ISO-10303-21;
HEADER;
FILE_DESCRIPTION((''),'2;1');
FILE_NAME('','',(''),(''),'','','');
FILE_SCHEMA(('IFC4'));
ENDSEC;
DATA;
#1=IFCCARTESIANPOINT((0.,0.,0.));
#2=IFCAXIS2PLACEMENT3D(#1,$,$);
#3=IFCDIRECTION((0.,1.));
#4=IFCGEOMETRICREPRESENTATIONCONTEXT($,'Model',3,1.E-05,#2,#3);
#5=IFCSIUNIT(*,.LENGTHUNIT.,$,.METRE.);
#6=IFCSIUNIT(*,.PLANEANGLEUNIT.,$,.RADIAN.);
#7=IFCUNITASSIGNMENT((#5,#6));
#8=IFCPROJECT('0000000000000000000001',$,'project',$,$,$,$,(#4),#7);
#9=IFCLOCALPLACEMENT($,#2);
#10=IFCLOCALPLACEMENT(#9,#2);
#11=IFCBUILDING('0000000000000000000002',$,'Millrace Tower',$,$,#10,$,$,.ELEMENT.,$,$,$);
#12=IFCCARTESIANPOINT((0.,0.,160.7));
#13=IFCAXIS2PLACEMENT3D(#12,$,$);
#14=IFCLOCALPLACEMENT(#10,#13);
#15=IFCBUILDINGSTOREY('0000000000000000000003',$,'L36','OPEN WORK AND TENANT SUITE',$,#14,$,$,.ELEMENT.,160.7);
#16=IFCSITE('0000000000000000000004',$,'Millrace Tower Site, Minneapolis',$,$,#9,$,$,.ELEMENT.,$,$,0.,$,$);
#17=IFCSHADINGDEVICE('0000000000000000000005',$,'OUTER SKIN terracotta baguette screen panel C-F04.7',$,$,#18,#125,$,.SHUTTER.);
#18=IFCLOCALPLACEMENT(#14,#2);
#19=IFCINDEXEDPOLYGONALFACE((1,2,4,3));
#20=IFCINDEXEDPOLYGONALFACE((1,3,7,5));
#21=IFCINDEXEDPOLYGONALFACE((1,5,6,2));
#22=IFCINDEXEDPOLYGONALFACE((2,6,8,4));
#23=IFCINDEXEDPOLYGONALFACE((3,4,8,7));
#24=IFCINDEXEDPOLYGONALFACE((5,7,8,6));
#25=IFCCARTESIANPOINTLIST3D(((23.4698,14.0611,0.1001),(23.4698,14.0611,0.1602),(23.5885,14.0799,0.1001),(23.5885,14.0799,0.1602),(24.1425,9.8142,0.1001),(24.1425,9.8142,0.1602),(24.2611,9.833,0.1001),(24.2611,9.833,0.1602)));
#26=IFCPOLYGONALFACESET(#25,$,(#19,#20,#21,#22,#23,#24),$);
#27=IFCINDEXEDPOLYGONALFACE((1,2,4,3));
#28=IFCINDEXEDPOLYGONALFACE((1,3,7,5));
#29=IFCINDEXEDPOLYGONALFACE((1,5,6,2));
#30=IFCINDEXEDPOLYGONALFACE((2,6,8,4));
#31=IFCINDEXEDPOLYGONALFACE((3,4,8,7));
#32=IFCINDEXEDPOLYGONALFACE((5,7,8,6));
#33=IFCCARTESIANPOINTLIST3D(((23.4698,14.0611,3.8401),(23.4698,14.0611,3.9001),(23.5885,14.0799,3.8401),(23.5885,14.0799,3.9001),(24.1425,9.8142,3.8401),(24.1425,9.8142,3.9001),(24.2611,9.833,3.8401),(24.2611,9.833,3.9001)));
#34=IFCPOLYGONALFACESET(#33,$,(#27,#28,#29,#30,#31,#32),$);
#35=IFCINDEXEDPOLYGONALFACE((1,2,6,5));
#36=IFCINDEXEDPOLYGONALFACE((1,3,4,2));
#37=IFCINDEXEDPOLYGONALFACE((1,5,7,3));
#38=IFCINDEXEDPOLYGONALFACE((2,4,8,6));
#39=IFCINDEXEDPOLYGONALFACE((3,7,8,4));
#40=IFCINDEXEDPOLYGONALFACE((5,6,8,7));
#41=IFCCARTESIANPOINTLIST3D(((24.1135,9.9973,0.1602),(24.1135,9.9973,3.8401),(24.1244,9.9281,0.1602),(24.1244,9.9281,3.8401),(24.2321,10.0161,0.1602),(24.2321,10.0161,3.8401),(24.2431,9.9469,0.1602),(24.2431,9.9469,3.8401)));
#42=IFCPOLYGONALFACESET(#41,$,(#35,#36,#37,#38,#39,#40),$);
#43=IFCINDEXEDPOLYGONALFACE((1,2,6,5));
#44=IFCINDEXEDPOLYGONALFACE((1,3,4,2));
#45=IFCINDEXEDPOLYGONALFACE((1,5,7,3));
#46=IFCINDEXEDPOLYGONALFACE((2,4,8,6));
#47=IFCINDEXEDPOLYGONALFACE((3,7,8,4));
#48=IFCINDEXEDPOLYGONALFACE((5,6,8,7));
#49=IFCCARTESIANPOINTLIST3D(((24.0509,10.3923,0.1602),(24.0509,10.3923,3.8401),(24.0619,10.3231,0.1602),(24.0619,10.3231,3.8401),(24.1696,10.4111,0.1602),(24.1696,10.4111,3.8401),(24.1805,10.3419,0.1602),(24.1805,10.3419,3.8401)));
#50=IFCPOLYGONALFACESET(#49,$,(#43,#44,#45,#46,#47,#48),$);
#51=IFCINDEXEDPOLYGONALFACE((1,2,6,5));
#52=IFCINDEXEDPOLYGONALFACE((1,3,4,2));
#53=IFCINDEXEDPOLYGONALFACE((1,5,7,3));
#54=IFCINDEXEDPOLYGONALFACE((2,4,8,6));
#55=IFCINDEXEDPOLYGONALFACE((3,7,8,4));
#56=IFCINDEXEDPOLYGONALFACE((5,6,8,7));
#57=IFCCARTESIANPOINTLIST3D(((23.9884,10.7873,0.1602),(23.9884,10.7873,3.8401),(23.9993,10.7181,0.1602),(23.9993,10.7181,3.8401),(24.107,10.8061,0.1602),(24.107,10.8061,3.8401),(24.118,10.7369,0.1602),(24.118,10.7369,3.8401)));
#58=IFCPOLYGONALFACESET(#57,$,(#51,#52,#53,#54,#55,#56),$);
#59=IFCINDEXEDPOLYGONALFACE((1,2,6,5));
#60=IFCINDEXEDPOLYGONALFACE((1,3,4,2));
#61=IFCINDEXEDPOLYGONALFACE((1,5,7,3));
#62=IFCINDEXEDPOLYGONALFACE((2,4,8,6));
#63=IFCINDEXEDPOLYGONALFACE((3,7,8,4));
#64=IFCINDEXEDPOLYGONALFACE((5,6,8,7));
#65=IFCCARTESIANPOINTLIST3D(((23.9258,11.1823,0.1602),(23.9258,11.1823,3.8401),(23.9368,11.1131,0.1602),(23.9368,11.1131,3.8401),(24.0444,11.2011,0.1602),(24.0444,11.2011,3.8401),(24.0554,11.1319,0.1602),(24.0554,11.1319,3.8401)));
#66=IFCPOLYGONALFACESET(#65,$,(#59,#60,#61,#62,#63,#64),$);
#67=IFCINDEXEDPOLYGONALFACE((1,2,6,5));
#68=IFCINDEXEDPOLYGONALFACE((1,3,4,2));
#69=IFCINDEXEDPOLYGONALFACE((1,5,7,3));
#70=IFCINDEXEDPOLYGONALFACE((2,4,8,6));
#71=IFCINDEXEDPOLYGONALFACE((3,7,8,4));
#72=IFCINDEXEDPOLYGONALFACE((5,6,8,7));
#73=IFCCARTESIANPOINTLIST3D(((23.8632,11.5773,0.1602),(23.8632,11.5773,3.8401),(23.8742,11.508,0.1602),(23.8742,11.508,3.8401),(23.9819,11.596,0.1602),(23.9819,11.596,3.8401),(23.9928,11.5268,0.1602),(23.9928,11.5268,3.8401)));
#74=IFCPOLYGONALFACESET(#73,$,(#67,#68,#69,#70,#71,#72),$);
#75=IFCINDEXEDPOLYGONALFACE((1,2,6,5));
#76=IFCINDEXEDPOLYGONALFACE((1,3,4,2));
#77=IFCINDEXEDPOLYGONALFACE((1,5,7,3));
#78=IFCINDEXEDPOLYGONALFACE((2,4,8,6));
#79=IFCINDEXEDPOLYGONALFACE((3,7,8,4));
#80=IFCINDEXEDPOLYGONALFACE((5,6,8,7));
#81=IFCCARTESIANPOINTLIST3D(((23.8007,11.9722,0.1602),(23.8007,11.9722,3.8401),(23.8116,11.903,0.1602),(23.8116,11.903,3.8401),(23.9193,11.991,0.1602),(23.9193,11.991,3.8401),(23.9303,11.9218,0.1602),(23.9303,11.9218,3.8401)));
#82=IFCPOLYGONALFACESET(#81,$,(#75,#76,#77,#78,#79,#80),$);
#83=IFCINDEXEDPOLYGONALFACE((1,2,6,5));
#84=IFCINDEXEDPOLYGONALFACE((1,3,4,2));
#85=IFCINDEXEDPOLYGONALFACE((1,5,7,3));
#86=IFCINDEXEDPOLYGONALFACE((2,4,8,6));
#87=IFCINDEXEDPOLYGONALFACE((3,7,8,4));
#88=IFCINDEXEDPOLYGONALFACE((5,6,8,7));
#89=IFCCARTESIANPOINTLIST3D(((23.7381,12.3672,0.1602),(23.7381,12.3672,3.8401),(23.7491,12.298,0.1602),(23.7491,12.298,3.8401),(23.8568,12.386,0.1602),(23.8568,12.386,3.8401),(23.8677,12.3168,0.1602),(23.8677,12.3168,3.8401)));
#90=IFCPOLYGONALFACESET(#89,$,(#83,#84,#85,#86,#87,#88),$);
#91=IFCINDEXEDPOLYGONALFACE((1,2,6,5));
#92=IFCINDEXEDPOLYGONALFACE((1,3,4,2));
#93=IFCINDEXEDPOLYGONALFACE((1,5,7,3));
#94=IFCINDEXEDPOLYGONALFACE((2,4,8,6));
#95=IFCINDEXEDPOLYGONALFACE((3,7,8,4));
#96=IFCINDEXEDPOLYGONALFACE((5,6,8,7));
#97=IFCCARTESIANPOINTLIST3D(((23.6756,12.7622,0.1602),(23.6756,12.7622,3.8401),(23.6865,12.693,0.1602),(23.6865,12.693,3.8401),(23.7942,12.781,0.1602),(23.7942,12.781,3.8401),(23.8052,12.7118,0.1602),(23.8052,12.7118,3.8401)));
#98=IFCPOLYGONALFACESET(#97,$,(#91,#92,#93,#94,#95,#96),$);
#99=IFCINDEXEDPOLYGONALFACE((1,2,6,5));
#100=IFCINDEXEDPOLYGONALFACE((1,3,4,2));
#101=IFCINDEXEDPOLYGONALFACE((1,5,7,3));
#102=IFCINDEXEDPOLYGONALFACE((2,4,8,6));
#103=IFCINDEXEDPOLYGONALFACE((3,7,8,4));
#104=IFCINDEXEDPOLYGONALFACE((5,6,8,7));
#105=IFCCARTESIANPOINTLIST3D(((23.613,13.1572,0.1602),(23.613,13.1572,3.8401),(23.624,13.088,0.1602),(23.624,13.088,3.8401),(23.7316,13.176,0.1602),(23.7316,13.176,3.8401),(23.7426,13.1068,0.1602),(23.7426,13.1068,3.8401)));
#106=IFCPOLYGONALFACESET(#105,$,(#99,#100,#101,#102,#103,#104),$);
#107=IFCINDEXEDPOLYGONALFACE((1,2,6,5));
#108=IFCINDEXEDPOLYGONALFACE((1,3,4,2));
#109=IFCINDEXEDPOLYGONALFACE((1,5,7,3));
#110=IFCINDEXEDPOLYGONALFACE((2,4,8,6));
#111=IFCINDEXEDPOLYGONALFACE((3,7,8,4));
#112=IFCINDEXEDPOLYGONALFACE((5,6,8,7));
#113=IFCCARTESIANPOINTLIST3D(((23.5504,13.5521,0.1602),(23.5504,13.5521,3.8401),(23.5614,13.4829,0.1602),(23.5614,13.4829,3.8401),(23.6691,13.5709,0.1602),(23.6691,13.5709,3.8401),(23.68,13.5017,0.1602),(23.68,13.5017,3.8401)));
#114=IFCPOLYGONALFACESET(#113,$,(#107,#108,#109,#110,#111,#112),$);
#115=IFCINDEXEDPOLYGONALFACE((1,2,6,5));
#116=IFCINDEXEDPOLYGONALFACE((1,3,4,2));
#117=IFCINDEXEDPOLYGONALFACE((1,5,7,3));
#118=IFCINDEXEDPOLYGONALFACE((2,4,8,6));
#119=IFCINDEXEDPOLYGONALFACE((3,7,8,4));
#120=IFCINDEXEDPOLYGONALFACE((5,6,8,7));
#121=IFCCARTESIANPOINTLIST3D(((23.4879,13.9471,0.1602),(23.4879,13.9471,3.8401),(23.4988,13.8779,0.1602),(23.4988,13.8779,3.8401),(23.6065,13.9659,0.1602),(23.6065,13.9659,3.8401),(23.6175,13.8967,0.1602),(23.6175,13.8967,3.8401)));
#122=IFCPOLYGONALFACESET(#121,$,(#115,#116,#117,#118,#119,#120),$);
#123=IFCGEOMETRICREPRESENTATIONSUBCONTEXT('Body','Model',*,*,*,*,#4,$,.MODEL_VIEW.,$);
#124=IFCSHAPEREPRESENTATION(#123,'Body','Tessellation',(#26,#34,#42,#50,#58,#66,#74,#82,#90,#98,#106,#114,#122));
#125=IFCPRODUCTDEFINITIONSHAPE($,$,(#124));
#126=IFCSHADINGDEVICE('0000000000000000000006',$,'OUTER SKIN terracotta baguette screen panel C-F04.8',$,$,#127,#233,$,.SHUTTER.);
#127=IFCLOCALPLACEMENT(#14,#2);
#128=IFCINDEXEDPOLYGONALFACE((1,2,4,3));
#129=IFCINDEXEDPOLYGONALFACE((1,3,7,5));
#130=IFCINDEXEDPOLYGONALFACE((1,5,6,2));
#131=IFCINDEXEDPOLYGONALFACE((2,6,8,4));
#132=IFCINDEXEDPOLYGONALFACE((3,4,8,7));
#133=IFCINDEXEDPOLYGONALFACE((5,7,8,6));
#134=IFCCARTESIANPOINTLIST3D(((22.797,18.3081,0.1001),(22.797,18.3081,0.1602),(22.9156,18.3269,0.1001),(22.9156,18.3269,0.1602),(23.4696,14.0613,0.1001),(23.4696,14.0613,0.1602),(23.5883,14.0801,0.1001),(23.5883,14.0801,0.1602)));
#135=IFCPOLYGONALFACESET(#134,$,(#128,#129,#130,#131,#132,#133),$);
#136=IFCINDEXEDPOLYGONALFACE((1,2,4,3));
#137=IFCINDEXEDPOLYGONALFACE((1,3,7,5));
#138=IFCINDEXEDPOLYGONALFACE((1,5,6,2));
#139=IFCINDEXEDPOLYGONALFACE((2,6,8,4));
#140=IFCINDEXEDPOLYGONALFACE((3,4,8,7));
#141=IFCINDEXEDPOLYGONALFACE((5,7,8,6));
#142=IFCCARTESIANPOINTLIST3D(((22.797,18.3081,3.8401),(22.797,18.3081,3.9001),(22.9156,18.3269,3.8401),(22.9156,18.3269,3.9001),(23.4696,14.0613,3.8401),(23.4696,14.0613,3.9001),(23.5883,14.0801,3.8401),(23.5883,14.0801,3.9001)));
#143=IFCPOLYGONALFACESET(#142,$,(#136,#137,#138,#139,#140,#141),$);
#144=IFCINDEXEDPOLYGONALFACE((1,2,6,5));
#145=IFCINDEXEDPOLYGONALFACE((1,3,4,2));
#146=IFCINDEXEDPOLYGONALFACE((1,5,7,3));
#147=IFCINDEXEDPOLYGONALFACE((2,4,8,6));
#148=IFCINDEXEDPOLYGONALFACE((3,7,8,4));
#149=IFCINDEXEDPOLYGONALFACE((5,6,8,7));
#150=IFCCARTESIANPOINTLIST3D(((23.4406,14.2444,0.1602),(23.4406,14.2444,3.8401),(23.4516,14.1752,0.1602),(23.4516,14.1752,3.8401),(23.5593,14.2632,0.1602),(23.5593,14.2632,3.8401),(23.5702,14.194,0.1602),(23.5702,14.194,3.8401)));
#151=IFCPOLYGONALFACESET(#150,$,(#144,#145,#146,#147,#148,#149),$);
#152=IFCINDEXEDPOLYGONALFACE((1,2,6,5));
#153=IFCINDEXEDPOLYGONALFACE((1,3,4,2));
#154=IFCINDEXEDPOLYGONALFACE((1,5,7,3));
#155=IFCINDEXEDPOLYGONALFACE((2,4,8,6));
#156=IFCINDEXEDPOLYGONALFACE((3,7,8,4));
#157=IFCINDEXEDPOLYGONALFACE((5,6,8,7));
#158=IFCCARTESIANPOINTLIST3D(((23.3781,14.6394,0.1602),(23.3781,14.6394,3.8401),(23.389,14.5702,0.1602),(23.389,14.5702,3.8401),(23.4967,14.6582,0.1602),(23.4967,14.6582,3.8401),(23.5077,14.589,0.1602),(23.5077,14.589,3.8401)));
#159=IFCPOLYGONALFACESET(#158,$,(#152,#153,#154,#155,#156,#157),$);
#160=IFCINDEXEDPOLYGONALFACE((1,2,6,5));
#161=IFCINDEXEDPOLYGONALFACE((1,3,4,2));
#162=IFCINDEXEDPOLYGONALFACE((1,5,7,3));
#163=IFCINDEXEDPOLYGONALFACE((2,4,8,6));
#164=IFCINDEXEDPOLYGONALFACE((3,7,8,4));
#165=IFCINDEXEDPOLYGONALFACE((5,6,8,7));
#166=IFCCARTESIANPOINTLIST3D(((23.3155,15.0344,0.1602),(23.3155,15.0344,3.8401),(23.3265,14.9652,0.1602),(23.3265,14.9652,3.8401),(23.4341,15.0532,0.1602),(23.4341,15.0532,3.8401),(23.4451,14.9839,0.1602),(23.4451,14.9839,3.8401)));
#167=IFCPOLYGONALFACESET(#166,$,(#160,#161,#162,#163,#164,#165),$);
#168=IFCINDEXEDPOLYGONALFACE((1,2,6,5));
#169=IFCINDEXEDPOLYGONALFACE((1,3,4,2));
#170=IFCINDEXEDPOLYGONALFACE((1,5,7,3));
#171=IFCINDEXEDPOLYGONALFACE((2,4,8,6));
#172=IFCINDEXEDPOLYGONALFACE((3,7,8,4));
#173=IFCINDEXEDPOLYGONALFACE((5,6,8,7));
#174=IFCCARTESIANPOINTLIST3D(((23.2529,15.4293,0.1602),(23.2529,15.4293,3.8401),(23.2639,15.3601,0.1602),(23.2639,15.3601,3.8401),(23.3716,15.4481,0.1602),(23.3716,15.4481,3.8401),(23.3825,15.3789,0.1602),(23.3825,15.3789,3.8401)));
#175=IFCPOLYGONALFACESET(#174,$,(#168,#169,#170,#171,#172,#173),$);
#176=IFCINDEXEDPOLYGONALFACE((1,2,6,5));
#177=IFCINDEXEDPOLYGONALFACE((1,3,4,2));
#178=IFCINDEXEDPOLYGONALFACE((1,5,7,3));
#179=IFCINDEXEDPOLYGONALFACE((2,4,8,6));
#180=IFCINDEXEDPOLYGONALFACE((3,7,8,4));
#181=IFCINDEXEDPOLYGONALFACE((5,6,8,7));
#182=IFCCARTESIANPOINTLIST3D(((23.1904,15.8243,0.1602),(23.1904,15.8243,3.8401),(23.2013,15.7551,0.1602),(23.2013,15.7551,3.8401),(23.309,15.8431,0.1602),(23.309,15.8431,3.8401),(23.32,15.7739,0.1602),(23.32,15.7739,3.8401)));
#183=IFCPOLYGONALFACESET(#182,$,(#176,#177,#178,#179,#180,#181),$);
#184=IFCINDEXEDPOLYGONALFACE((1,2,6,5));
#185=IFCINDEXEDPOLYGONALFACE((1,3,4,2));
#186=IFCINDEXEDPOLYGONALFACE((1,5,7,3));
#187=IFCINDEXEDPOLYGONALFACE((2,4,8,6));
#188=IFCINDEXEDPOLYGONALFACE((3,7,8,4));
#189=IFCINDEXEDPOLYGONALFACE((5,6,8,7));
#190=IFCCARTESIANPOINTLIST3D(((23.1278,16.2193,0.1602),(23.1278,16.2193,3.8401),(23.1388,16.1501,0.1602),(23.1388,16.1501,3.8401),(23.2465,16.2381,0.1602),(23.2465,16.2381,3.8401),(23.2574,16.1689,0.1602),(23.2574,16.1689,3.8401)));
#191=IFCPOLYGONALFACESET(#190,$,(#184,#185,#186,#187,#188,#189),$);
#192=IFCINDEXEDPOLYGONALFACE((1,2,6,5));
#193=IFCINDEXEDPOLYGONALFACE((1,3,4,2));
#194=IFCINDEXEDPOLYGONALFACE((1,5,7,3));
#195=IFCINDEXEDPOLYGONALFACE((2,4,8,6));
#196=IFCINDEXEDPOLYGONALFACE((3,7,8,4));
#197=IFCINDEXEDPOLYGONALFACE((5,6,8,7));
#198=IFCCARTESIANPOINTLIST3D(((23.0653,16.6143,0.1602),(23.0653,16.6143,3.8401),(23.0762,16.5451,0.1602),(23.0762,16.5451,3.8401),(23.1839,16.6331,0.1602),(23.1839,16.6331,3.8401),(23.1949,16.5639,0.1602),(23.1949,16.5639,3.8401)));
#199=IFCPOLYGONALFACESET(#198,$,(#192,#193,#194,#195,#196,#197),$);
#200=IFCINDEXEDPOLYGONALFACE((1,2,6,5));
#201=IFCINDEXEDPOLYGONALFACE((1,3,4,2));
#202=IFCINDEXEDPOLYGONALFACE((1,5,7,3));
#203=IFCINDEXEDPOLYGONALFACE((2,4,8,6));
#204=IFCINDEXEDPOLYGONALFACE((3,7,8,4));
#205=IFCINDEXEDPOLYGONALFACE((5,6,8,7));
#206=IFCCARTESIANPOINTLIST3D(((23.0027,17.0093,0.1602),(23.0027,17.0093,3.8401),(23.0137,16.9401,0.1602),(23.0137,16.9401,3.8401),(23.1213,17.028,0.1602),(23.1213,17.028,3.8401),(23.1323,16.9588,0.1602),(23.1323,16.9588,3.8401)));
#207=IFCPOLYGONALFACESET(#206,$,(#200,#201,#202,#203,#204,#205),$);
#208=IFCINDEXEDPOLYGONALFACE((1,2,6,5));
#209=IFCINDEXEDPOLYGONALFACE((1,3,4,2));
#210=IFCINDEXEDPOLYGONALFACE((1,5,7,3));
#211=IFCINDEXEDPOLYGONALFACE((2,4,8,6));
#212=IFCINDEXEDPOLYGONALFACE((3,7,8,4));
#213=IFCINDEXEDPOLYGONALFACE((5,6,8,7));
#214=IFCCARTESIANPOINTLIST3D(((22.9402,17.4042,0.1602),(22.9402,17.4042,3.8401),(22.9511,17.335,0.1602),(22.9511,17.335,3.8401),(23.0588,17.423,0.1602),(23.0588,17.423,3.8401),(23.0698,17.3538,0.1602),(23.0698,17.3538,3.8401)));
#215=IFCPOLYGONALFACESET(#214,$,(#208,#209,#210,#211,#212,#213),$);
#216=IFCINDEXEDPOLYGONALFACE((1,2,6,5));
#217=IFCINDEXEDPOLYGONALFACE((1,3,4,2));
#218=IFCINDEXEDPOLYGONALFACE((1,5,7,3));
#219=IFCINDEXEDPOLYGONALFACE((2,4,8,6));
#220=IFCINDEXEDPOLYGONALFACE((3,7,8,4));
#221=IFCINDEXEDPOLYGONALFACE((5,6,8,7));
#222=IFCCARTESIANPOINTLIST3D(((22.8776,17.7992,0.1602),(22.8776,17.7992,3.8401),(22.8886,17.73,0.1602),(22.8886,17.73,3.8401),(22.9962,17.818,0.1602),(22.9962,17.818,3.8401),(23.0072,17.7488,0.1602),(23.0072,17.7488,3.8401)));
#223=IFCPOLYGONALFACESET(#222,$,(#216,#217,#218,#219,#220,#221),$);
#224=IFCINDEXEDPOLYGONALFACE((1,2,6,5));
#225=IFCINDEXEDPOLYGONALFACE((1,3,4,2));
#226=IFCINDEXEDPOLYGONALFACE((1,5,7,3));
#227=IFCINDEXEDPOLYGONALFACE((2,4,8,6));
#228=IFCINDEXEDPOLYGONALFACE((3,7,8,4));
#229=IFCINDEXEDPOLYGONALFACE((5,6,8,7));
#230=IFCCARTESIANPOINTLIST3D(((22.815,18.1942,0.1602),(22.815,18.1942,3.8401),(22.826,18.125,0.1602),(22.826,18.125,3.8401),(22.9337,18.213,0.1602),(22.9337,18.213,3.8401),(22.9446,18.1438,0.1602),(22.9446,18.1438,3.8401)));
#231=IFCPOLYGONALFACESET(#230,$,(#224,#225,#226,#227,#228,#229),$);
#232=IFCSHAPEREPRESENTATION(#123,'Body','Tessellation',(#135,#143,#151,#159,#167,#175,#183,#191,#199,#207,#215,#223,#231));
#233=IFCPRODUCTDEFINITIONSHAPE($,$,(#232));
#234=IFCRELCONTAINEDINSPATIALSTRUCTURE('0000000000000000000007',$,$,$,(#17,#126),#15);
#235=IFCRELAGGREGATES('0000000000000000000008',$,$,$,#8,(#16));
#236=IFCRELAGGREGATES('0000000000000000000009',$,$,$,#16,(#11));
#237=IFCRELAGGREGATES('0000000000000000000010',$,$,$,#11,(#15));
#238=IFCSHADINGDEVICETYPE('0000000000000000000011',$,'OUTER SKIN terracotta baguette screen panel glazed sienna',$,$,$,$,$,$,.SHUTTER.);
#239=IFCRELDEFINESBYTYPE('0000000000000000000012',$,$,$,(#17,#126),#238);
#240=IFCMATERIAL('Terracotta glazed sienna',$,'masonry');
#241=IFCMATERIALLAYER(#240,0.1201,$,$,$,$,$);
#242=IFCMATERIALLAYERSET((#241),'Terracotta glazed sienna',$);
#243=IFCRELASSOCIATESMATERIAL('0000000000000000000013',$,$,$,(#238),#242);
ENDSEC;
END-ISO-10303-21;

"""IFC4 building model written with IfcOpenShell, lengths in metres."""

from ifc_helpers import new_model, entity, si_unit, direction, frame, frame_2d, origin, origin_2d, place, context, subcontext, project, spatial, rectangle, extrude, source, transform, mapped, material, layer, layer_set, type_object, element, save


model = new_model("IFC4")

# Units and contexts
model_context = context("Model", 3, precision=1e-05, world=origin(), true_north=direction((0.0, 1.0)))
body_context = subcontext(model_context, "Body", "Model", "MODEL_VIEW")
ifc_project = project(units=[si_unit("LENGTHUNIT", "METRE"), si_unit("PLANEANGLEUNIT", "RADIAN")], contexts=[model_context])

# Site, building, storey
site_placement = place(None, origin())
site = spatial("IfcSite", under=ifc_project, at=site_placement, Name="Millrace Tower Site, Minneapolis", CompositionType="ELEMENT", RefElevation=0.0)
building_placement = place(site_placement, origin())
building = spatial("IfcBuilding", under=site, at=building_placement, Name="Millrace Tower", CompositionType="ELEMENT")
storey_placement = place(building_placement, frame((0.0, 0.0, 160.7)))
storey = spatial("IfcBuildingStorey", under=building, at=storey_placement, Name="L36", Description="OPEN WORK AND TENANT SUITE", CompositionType="ELEMENT", Elevation=160.7)

# Shading devices
ifc_material_1 = material(Name="Terracotta glazed sienna", Category="masonry")
ifc_layer_1 = layer(ifc_material_1, 0.1201)
ifc_layer_set_1 = layer_set([ifc_layer_1], Name="Terracotta glazed sienna")
shading_device_type = type_object("IfcShadingDeviceType", Name="OUTER SKIN terracotta baguette screen panel glazed sienna", PredefinedType="SHUTTER", material=ifc_layer_set_1)
cartesian_point_1 = entity("IfcCartesianPoint", [-2.1499, 0.0601])
shared_polyline_1 = entity("IfcPolyline", [cartesian_point_1, entity("IfcCartesianPoint", [2.1499, 0.0601]), entity("IfcCartesianPoint", [2.1499, -0.0601]), entity("IfcCartesianPoint", [-2.1499, -0.0601]), cartesian_point_1])
shared_shape_1 = source(origin(), body_context, "Body", "SweptSolid", [
    entity("IfcExtrudedAreaSolid", entity("IfcArbitraryClosedProfileDef", "AREA", None, shared_polyline_1), entity("IfcAxis2Placement3D", entity("IfcCartesianPoint", [0.0, 0.0, 0.0])), entity("IfcDirection", [0.0, 0.0, 1.0]), 0.0601),
    entity("IfcExtrudedAreaSolid", entity("IfcArbitraryClosedProfileDef", "AREA", None, shared_polyline_1), entity("IfcAxis2Placement3D", entity("IfcCartesianPoint", [0.0, 0.0, 3.74])), entity("IfcDirection", [0.0, 0.0, 1.0]), 0.0601),
    extrude(rectangle(XDim=0.0701, YDim=0.1201, at=frame_2d((-1.9995, 0.0))), frame((0.0, 0.0, 0.0601)), (0.0, 0.0, 1.0), 3.6799),
    extrude(rectangle(XDim=0.0701, YDim=0.1201, at=frame_2d((-1.5996, 0.0))), frame((0.0, 0.0, 0.0601)), (0.0, 0.0, 1.0), 3.6799),
    extrude(rectangle(XDim=0.0701, YDim=0.1201, at=frame_2d((-1.1997, 0.0))), frame((0.0, 0.0, 0.0601)), (0.0, 0.0, 1.0), 3.6799),
    extrude(rectangle(XDim=0.0701, YDim=0.1201, at=frame_2d((-0.7998, 0.0))), frame((0.0, 0.0, 0.0601)), (0.0, 0.0, 1.0), 3.6799),
    extrude(rectangle(XDim=0.0701, YDim=0.1201, at=frame_2d((-0.3999, 0.0))), frame((0.0, 0.0, 0.0601)), (0.0, 0.0, 1.0), 3.6799),
    extrude(rectangle(XDim=0.0701, YDim=0.1201, at=origin_2d()), frame((0.0, 0.0, 0.0601)), (0.0, 0.0, 1.0), 3.6799),
    extrude(rectangle(XDim=0.0701, YDim=0.1201, at=frame_2d((0.3999, 0.0))), frame((0.0, 0.0, 0.0601)), (0.0, 0.0, 1.0), 3.6799),
    extrude(rectangle(XDim=0.0701, YDim=0.1201, at=frame_2d((0.7998, 0.0))), frame((0.0, 0.0, 0.0601)), (0.0, 0.0, 1.0), 3.6799),
    extrude(rectangle(XDim=0.0701, YDim=0.1201, at=frame_2d((1.1997, 0.0))), frame((0.0, 0.0, 0.0601)), (0.0, 0.0, 1.0), 3.6799),
    extrude(rectangle(XDim=0.0701, YDim=0.1201, at=frame_2d((1.5996, 0.0))), frame((0.0, 0.0, 0.0601)), (0.0, 0.0, 1.0), 3.6799),
    extrude(rectangle(XDim=0.0701, YDim=0.1201, at=frame_2d((1.9995, 0.0))), frame((0.0, 0.0, 0.0601)), (0.0, 0.0, 1.0), 3.6799),
])
for number, where, z_axis, x_axis, name in (
    (1, (23.8655, 11.947, 0.1001), (0.0, 0.0, 1.0), (-0.156434, 0.987688, 0.0), "OUTER SKIN terracotta baguette screen panel C-F04.7"),
    (2, (23.1926, 16.1941, 0.1001), (0.0, 0.0, 1.0), (-0.156434, 0.987688, 0.0), "OUTER SKIN terracotta baguette screen panel C-F04.8"),
):
    element("IfcShadingDevice", number, at=place(storey_placement, frame(where, z_axis=z_axis, x_axis=x_axis)), inside=storey, type_object=shading_device_type, Name=name, PredefinedType="SHUTTER", context=body_context, shape_type="MappedRepresentation", body=[
        mapped(shared_shape_1, transform((0.0, 0.0, 0.0), scale=1.0)),
    ])

save(model, "model.ifc")
